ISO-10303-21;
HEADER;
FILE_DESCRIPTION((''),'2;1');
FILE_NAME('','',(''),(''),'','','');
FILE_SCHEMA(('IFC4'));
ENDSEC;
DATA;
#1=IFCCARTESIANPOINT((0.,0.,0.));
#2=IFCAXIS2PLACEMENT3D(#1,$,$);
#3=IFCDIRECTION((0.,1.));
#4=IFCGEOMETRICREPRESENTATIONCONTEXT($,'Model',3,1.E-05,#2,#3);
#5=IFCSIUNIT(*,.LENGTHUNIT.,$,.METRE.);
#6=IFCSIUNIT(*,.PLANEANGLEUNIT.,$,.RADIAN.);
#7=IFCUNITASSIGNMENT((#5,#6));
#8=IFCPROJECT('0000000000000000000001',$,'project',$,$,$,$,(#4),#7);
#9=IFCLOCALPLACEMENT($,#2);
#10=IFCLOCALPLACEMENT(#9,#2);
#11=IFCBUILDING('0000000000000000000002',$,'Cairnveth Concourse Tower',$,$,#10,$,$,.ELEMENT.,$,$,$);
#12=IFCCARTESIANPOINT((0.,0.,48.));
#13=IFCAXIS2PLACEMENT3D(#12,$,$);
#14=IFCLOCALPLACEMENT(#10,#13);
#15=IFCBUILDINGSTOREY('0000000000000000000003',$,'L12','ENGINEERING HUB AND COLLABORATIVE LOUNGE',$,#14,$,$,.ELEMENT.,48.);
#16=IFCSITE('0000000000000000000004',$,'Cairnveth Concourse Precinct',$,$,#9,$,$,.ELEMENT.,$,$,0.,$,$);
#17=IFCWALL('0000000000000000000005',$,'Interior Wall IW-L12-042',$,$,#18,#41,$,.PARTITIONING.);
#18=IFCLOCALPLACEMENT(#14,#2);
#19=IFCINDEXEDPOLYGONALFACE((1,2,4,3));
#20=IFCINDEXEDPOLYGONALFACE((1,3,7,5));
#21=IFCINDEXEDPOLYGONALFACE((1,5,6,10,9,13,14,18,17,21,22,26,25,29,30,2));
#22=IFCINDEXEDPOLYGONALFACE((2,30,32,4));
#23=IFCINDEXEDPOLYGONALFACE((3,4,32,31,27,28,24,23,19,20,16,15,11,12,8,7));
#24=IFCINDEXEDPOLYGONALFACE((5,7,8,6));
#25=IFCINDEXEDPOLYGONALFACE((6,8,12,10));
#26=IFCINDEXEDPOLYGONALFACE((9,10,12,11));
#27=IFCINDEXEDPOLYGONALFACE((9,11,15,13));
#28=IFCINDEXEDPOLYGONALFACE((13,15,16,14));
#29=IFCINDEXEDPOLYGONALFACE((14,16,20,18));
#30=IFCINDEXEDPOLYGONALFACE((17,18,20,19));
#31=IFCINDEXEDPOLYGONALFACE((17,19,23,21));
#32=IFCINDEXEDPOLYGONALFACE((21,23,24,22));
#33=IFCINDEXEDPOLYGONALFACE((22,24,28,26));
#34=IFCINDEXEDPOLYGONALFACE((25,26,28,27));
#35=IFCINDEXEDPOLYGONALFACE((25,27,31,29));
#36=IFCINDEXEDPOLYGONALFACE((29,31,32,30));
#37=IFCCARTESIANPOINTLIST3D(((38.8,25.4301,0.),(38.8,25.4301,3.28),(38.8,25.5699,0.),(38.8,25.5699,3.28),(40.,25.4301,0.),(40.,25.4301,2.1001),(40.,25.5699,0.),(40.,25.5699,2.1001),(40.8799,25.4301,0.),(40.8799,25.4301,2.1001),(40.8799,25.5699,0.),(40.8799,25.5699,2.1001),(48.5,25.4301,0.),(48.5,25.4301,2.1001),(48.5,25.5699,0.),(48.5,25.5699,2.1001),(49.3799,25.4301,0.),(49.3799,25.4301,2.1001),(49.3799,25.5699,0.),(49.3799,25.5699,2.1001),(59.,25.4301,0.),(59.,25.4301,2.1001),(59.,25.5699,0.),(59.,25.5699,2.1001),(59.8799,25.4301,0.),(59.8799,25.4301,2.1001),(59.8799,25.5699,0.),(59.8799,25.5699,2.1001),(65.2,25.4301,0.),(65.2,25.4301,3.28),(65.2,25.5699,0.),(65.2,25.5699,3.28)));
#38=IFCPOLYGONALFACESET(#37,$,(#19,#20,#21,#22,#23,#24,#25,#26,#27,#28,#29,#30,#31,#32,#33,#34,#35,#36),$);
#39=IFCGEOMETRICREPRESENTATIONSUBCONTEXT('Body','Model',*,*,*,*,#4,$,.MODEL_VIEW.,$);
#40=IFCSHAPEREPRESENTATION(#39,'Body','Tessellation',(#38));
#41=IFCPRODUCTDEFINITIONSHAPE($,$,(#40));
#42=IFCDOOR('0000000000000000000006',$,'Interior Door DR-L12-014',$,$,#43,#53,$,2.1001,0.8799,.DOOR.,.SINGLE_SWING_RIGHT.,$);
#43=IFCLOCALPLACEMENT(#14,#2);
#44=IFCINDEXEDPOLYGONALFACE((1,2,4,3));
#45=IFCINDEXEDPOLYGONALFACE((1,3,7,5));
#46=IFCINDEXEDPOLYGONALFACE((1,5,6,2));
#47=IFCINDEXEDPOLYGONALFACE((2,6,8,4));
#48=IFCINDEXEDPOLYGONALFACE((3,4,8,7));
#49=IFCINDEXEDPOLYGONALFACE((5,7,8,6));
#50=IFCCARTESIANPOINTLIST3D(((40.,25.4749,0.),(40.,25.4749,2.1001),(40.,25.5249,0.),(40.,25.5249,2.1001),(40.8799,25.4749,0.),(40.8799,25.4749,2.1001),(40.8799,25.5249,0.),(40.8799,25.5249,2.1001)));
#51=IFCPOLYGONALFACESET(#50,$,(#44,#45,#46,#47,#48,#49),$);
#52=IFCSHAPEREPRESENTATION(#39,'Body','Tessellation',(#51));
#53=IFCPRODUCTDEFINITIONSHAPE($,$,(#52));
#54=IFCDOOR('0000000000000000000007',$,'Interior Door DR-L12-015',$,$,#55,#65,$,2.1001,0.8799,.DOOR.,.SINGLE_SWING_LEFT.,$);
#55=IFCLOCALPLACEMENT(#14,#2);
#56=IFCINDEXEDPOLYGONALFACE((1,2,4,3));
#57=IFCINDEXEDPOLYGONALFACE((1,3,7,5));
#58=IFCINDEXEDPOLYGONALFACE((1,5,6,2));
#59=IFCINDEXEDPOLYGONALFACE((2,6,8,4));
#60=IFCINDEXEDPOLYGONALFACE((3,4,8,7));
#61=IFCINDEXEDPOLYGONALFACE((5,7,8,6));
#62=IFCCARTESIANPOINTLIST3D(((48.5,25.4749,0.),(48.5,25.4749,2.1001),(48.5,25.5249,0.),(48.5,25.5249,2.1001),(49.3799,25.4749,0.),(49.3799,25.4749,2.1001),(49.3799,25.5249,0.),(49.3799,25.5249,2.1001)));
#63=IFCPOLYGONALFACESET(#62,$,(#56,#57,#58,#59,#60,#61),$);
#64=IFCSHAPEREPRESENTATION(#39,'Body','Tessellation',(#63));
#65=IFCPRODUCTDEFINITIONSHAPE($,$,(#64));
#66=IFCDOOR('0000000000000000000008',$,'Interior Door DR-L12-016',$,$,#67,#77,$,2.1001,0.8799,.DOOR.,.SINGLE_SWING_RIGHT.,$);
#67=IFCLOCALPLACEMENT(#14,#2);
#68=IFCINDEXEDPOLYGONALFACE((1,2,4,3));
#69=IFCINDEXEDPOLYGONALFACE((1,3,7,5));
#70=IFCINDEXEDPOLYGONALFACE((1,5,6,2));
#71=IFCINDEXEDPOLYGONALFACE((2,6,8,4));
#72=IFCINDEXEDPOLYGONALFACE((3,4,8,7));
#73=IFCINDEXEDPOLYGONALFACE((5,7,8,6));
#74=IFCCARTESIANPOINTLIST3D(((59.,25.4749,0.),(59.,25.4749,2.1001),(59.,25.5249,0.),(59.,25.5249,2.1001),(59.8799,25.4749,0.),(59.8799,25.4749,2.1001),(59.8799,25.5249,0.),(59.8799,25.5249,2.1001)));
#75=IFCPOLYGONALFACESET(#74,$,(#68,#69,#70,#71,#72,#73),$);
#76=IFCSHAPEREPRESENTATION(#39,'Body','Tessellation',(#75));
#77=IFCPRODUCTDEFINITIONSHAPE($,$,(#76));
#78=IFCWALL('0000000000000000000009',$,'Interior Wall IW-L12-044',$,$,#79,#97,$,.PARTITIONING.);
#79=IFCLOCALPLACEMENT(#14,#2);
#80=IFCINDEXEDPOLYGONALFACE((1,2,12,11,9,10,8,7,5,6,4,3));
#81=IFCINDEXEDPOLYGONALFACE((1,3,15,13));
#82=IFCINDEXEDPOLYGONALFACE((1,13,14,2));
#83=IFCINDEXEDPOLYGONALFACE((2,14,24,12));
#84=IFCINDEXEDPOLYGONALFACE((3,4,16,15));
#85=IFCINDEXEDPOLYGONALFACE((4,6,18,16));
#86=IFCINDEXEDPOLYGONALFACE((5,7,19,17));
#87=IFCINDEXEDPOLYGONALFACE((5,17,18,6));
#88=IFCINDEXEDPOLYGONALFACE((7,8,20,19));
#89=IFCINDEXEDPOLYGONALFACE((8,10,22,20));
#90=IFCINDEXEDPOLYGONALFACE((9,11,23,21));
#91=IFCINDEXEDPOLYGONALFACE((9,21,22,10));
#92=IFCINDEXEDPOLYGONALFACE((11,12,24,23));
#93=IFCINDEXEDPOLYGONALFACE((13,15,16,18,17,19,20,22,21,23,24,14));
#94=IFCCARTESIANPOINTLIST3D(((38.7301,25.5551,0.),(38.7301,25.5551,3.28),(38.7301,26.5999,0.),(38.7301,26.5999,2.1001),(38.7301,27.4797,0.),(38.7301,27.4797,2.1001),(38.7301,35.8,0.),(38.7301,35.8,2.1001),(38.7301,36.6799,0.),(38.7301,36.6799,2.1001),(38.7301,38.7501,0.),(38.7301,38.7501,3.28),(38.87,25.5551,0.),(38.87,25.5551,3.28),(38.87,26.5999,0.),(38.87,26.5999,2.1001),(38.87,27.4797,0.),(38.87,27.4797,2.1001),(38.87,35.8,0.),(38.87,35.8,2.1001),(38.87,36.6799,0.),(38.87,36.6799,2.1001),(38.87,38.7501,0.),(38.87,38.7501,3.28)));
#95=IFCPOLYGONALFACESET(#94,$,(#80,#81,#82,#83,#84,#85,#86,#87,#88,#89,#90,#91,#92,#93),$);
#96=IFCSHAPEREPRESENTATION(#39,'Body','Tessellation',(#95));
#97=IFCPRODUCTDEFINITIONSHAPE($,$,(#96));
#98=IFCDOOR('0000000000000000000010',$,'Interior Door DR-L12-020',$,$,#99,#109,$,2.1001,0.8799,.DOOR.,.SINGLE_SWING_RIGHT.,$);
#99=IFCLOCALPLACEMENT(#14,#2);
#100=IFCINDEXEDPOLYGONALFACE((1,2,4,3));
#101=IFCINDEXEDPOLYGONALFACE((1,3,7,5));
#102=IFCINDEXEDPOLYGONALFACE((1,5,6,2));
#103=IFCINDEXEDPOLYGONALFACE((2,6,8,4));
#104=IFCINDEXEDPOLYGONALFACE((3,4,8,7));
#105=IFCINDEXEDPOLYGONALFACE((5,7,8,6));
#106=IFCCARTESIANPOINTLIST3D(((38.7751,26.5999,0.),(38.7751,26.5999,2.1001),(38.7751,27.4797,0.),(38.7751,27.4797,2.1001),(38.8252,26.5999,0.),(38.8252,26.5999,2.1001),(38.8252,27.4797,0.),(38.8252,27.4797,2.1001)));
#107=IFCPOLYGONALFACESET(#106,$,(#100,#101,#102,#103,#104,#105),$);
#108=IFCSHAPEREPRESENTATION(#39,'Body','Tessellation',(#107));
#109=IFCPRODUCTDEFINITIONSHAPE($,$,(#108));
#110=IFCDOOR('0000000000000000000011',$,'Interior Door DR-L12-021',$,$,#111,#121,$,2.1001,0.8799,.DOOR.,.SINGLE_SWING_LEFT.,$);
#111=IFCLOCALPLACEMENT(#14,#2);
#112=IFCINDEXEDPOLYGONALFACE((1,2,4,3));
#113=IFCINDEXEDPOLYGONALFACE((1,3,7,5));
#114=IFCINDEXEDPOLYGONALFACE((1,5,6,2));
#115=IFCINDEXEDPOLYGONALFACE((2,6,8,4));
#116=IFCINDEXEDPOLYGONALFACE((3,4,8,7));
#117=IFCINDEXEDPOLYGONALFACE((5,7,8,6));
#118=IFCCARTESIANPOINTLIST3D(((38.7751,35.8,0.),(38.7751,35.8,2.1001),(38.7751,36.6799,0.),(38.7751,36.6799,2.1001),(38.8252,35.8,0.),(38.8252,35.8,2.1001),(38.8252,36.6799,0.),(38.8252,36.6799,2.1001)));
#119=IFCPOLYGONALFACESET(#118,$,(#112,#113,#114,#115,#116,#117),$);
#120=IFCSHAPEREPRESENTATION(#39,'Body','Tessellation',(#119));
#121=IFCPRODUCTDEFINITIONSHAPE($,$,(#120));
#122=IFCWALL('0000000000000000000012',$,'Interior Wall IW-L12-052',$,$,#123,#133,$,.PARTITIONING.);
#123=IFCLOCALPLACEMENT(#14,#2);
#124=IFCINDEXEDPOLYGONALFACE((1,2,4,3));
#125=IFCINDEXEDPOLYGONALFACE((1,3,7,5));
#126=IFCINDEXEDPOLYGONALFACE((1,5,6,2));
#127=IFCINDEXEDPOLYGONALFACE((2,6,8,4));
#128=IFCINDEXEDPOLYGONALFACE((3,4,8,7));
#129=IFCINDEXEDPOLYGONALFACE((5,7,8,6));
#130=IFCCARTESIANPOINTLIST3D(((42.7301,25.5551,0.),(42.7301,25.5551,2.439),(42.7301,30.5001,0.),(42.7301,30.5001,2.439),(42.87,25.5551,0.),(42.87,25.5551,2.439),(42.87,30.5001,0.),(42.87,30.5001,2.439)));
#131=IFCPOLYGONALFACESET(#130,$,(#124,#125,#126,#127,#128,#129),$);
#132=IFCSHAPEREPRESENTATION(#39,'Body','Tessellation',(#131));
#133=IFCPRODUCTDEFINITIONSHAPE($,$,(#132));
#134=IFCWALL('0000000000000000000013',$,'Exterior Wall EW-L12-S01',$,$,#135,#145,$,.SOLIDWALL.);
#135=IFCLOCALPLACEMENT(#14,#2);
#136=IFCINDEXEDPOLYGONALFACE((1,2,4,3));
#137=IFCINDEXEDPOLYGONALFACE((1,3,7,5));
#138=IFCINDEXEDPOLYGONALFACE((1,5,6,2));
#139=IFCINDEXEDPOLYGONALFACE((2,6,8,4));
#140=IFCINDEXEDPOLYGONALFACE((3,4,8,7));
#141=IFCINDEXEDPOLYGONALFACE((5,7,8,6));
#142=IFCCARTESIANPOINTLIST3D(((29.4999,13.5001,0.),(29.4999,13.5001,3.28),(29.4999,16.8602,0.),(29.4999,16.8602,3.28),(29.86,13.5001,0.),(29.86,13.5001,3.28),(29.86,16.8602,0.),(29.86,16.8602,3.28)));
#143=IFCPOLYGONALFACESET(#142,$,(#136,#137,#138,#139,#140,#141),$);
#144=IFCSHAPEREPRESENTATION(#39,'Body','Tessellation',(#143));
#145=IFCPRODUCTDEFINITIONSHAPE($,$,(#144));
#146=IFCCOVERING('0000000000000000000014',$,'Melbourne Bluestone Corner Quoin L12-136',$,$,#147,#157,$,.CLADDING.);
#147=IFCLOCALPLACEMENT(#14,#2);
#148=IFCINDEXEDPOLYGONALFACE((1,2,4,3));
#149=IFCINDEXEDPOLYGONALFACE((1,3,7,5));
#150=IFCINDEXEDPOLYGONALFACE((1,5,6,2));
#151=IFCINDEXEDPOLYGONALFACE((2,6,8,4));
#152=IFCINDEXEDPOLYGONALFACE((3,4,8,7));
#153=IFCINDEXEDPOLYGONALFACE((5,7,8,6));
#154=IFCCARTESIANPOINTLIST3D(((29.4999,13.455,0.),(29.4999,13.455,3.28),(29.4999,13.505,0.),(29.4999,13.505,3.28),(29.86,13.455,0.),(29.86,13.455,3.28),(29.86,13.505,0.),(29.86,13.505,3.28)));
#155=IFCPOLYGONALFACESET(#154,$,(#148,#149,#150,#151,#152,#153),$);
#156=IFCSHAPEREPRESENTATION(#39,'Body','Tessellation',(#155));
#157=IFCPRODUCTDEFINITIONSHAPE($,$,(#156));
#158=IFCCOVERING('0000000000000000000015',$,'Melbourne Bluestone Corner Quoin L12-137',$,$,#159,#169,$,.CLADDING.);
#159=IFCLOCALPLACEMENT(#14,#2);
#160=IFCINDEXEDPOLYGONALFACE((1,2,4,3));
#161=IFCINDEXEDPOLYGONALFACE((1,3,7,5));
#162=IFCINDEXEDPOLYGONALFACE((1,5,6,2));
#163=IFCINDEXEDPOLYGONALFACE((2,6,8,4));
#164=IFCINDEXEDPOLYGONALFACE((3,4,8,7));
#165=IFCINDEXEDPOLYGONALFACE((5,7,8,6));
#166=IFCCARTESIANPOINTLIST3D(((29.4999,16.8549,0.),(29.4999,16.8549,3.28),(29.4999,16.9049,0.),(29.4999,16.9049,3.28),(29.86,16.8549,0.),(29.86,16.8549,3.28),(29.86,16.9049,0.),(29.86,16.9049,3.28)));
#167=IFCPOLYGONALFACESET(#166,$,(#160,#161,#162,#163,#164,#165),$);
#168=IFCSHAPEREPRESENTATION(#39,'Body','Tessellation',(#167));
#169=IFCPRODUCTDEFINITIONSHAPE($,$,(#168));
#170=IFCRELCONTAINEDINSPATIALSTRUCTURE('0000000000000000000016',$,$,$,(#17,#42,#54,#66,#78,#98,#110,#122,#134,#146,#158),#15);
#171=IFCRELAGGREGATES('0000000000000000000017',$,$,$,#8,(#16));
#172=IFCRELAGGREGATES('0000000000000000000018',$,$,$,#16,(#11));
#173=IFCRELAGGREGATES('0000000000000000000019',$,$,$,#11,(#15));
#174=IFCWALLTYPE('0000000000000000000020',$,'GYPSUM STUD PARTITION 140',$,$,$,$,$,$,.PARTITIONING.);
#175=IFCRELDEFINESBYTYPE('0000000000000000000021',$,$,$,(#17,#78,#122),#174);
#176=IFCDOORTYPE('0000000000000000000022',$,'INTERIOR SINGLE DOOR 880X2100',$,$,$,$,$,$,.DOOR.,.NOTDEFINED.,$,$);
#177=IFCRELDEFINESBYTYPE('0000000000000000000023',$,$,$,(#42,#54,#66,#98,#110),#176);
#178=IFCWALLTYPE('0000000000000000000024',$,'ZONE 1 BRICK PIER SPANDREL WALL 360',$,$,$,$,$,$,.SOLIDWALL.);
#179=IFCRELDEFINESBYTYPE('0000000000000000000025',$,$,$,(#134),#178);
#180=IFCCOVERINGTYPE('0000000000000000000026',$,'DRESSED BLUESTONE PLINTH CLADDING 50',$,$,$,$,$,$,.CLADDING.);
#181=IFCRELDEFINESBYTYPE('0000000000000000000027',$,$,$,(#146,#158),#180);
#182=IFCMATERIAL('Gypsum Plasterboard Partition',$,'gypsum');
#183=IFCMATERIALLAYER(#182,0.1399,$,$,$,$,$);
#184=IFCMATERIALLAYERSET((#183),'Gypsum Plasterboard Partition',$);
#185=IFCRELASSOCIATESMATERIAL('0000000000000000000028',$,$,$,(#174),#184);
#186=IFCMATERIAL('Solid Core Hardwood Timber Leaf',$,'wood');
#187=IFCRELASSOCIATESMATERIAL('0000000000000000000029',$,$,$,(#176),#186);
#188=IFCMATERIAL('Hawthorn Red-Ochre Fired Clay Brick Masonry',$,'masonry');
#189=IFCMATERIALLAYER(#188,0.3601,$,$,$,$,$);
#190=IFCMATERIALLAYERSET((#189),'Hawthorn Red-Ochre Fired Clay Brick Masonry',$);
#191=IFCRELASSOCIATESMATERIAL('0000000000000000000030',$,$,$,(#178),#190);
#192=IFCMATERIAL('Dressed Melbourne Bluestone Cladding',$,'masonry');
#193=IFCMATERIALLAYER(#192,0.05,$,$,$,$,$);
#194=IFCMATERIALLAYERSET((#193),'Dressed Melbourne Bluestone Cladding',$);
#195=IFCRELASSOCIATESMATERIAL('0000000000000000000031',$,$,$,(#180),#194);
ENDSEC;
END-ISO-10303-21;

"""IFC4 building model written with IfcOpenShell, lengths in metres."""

from ifc_helpers import new_model, si_unit, direction, frame, frame_2d, origin, place, context, subcontext, project, spatial, rectangle, extrude, material, layer, layer_set, type_object, element, fill, save


model = new_model("IFC4")

# Units and contexts
model_context = context("Model", 3, precision=1e-05, world=origin(), true_north=direction((0.0, 1.0)))
body_context = subcontext(model_context, "Body", "Model", "MODEL_VIEW")
ifc_project = project(units=[si_unit("LENGTHUNIT", "METRE"), si_unit("PLANEANGLEUNIT", "RADIAN")], contexts=[model_context])

# Site, building, storey
site_placement = place(None, origin())
site = spatial("IfcSite", under=ifc_project, at=site_placement, Name="Cairnveth Concourse Precinct", CompositionType="ELEMENT", RefElevation=0.0)
building_placement = place(site_placement, origin())
building = spatial("IfcBuilding", under=site, at=building_placement, Name="Cairnveth Concourse Tower", CompositionType="ELEMENT")
storey_placement = place(building_placement, frame((0.0, 0.0, 48.0)))
storey = spatial("IfcBuildingStorey", under=building, at=storey_placement, Name="L12", Description="ENGINEERING HUB AND COLLABORATIVE LOUNGE", CompositionType="ELEMENT", Elevation=48.0)

# Walls, openings, doors
ifc_material_1 = material(Name="Gypsum Plasterboard Partition", Category="gypsum")
ifc_layer_1 = layer(ifc_material_1, 0.1399)
ifc_layer_set_1 = layer_set([ifc_layer_1], Name="Gypsum Plasterboard Partition")
wall_type_1 = type_object("IfcWallType", Name="GYPSUM STUD PARTITION 140", PredefinedType="PARTITIONING", material=ifc_layer_set_1)
ifc_material_2 = material(Name="Solid Core Hardwood Timber Leaf", Category="wood")
wall_1_placement = place(storey_placement, frame((38.8, 25.5, 0.0), z_axis=(0.0, 0.0, 1.0), x_axis=(1.0, 0.0, 0.0)))
wall_1 = element("IfcWall", 1, at=wall_1_placement, inside=storey, type_object=wall_type_1, Name="Interior Wall IW-L12-042", PredefinedType="PARTITIONING", context=body_context, shape_type="SweptSolid", body=[
    extrude(rectangle(XDim=26.3999, YDim=0.1399, at=frame_2d((13.2, 0.0))), origin(), (0.0, 0.0, 1.0), 3.28),
])
opening_1_placement = place(wall_1_placement, frame((1.2, 0.0, 0.0)))
opening_1 = element("IfcOpeningElement", 2, at=opening_1_placement, cuts=wall_1, PredefinedType="OPENING", context=body_context, shape_type="SweptSolid", body=[
    extrude(rectangle(XDim=0.8799, YDim=2.1001, at=frame_2d((0.4399, 1.05))), frame((0.0, 0.0798, 0.0), z_axis=(0.0, -1.0, 0.0), x_axis=(1.0, 0.0, 0.0)), (0.0, 0.0, 1.0), 0.1599),
])
opening_2_placement = place(wall_1_placement, frame((9.7, 0.0, 0.0)))
opening_2 = element("IfcOpeningElement", 3, at=opening_2_placement, cuts=wall_1, PredefinedType="OPENING", context=body_context, shape_type="SweptSolid", body=[
    extrude(rectangle(XDim=0.8799, YDim=2.1001, at=frame_2d((0.4399, 1.05))), frame((0.0, 0.0798, 0.0), z_axis=(0.0, -1.0, 0.0), x_axis=(1.0, 0.0, 0.0)), (0.0, 0.0, 1.0), 0.1599),
])
opening_3_placement = place(wall_1_placement, frame((20.2, 0.0, 0.0)))
opening_3 = element("IfcOpeningElement", 4, at=opening_3_placement, cuts=wall_1, PredefinedType="OPENING", context=body_context, shape_type="SweptSolid", body=[
    extrude(rectangle(XDim=0.8799, YDim=2.1001, at=frame_2d((0.4399, 1.05))), frame((0.0, 0.0798, 0.0), z_axis=(0.0, -1.0, 0.0), x_axis=(1.0, 0.0, 0.0)), (0.0, 0.0, 1.0), 0.1599),
])
door_type_1 = type_object("IfcDoorType", Name="INTERIOR SINGLE DOOR 880X2100", OperationType="NOTDEFINED", PredefinedType="DOOR", material=ifc_material_2)
door_1_placement = place(opening_1_placement, origin())
door_1 = element("IfcDoor", 5, at=door_1_placement, inside=storey, type_object=door_type_1, Name="Interior Door DR-L12-014", OperationType="SINGLE_SWING_RIGHT", OverallHeight=2.1001, OverallWidth=0.8799, PredefinedType="DOOR", context=body_context, shape_type="SweptSolid", body=[
    extrude(rectangle(XDim=0.8799, YDim=2.1001, at=frame_2d((0.4399, 1.05))), frame((0.0, 0.0249, 0.0), z_axis=(0.0, -1.0, 0.0), x_axis=(1.0, 0.0, 0.0)), (0.0, 0.0, 1.0), 0.05),
])
fill(opening_1, door_1)
door_2_placement = place(opening_2_placement, origin())
door_2 = element("IfcDoor", 6, at=door_2_placement, inside=storey, type_object=door_type_1, Name="Interior Door DR-L12-015", OperationType="SINGLE_SWING_LEFT", OverallHeight=2.1001, OverallWidth=0.8799, PredefinedType="DOOR", context=body_context, shape_type="SweptSolid", body=[
    extrude(rectangle(XDim=0.8799, YDim=2.1001, at=frame_2d((0.4399, 1.05))), frame((0.0, 0.0249, 0.0), z_axis=(0.0, -1.0, 0.0), x_axis=(1.0, 0.0, 0.0)), (0.0, 0.0, 1.0), 0.05),
])
fill(opening_2, door_2)
door_3_placement = place(opening_3_placement, origin())
door_3 = element("IfcDoor", 7, at=door_3_placement, inside=storey, type_object=door_type_1, Name="Interior Door DR-L12-016", OperationType="SINGLE_SWING_RIGHT", OverallHeight=2.1001, OverallWidth=0.8799, PredefinedType="DOOR", context=body_context, shape_type="SweptSolid", body=[
    extrude(rectangle(XDim=0.8799, YDim=2.1001, at=frame_2d((0.4399, 1.05))), frame((0.0, 0.0249, 0.0), z_axis=(0.0, -1.0, 0.0), x_axis=(1.0, 0.0, 0.0)), (0.0, 0.0, 1.0), 0.05),
])
fill(opening_3, door_3)
wall_2_placement = place(storey_placement, frame((38.8, 25.5549, 0.0), z_axis=(0.0, 0.0, 1.0), x_axis=(0.0, 1.0, 0.0)))
wall_2 = element("IfcWall", 8, at=wall_2_placement, inside=storey, type_object=wall_type_1, Name="Interior Wall IW-L12-044", PredefinedType="PARTITIONING", context=body_context, shape_type="SweptSolid", body=[
    extrude(rectangle(XDim=13.1951, YDim=0.1399, at=frame_2d((6.5977, 0.0))), origin(), (0.0, 0.0, 1.0), 3.28),
])
opening_4_placement = place(wall_2_placement, frame((1.0449, 0.0, 0.0)))
opening_4 = element("IfcOpeningElement", 9, at=opening_4_placement, cuts=wall_2, PredefinedType="OPENING", context=body_context, shape_type="SweptSolid", body=[
    extrude(rectangle(XDim=0.8799, YDim=2.1001, at=frame_2d((0.4399, 1.05))), frame((0.0, 0.0798, 0.0), z_axis=(0.0, -1.0, 0.0), x_axis=(1.0, 0.0, 0.0)), (0.0, 0.0, 1.0), 0.1599),
])
opening_5_placement = place(wall_2_placement, frame((10.2451, 0.0, 0.0)))
opening_5 = element("IfcOpeningElement", 10, at=opening_5_placement, cuts=wall_2, PredefinedType="OPENING", context=body_context, shape_type="SweptSolid", body=[
    extrude(rectangle(XDim=0.8799, YDim=2.1001, at=frame_2d((0.4399, 1.05))), frame((0.0, 0.0798, 0.0), z_axis=(0.0, -1.0, 0.0), x_axis=(1.0, 0.0, 0.0)), (0.0, 0.0, 1.0), 0.1599),
])
door_4_placement = place(opening_4_placement, origin())
door_4 = element("IfcDoor", 11, at=door_4_placement, inside=storey, type_object=door_type_1, Name="Interior Door DR-L12-020", OperationType="SINGLE_SWING_RIGHT", OverallHeight=2.1001, OverallWidth=0.8799, PredefinedType="DOOR", context=body_context, shape_type="SweptSolid", body=[
    extrude(rectangle(XDim=0.8799, YDim=2.1001, at=frame_2d((0.4399, 1.05))), frame((0.0, 0.0249, 0.0), z_axis=(0.0, -1.0, 0.0), x_axis=(1.0, 0.0, 0.0)), (0.0, 0.0, 1.0), 0.05),
])
fill(opening_4, door_4)
door_5_placement = place(opening_5_placement, origin())
door_5 = element("IfcDoor", 12, at=door_5_placement, inside=storey, type_object=door_type_1, Name="Interior Door DR-L12-021", OperationType="SINGLE_SWING_LEFT", OverallHeight=2.1001, OverallWidth=0.8799, PredefinedType="DOOR", context=body_context, shape_type="SweptSolid", body=[
    extrude(rectangle(XDim=0.8799, YDim=2.1001, at=frame_2d((0.4399, 1.05))), frame((0.0, 0.0249, 0.0), z_axis=(0.0, -1.0, 0.0), x_axis=(1.0, 0.0, 0.0)), (0.0, 0.0, 1.0), 0.05),
])
fill(opening_5, door_5)

# Walls
wall_3_placement = place(storey_placement, frame((42.8, 25.5549, 0.0), z_axis=(0.0, 0.0, 1.0), x_axis=(0.0, 1.0, 0.0)))
element("IfcWall", 13, at=wall_3_placement, inside=storey, type_object=wall_type_1, Name="Interior Wall IW-L12-052", PredefinedType="PARTITIONING", context=body_context, shape_type="SweptSolid", body=[
    extrude(rectangle(XDim=4.9451, YDim=0.1399, at=frame_2d((2.4727, 0.0))), origin(), (0.0, 0.0, 1.0), 2.439),
])
ifc_material_3 = material(Name="Hawthorn Red-Ochre Fired Clay Brick Masonry", Category="masonry")
ifc_layer_2 = layer(ifc_material_3, 0.3601)
ifc_layer_set_2 = layer_set([ifc_layer_2], Name="Hawthorn Red-Ochre Fired Clay Brick Masonry")
wall_type_2 = type_object("IfcWallType", Name="ZONE 1 BRICK PIER SPANDREL WALL 360", PredefinedType="SOLIDWALL", material=ifc_layer_set_2)
wall_4_placement = place(storey_placement, frame((29.6799, 13.5, 0.0), z_axis=(0.0, 0.0, 1.0), x_axis=(0.0, 1.0, 0.0)))
element("IfcWall", 14, at=wall_4_placement, inside=storey, type_object=wall_type_2, Name="Exterior Wall EW-L12-S01", PredefinedType="SOLIDWALL", context=body_context, shape_type="SweptSolid", body=[
    extrude(rectangle(XDim=3.3601, YDim=0.3601, at=frame_2d((1.6802, 0.0))), origin(), (0.0, 0.0, 1.0), 3.28),
])

# Coverings
ifc_material_4 = material(Name="Dressed Melbourne Bluestone Cladding", Category="masonry")
ifc_layer_3 = layer(ifc_material_4, 0.05)
ifc_layer_set_3 = layer_set([ifc_layer_3], Name="Dressed Melbourne Bluestone Cladding")
covering_type = type_object("IfcCoveringType", Name="DRESSED BLUESTONE PLINTH CLADDING 50", PredefinedType="CLADDING", material=ifc_layer_set_3)
for number, where, z_axis, x_axis, name in (
    (15, (29.8601, 13.48, 0.0), (0.0, 0.0, 1.0), (-1.0, 0.0, 0.0), "Melbourne Bluestone Corner Quoin L12-136"),
    (16, (29.8601, 16.8799, 0.0), (0.0, 0.0, 1.0), (-1.0, 0.0, 0.0), "Melbourne Bluestone Corner Quoin L12-137"),
):
    element("IfcCovering", number, at=place(storey_placement, frame(where, z_axis=z_axis, x_axis=x_axis)), inside=storey, type_object=covering_type, Name=name, PredefinedType="CLADDING", context=body_context, shape_type="SweptSolid", body=[
        extrude(rectangle(XDim=0.3601, YDim=0.05, at=frame_2d((0.1802, 0.0))), origin(), (0.0, 0.0, 1.0), 3.28),
    ])

save(model, "model.ifc")
